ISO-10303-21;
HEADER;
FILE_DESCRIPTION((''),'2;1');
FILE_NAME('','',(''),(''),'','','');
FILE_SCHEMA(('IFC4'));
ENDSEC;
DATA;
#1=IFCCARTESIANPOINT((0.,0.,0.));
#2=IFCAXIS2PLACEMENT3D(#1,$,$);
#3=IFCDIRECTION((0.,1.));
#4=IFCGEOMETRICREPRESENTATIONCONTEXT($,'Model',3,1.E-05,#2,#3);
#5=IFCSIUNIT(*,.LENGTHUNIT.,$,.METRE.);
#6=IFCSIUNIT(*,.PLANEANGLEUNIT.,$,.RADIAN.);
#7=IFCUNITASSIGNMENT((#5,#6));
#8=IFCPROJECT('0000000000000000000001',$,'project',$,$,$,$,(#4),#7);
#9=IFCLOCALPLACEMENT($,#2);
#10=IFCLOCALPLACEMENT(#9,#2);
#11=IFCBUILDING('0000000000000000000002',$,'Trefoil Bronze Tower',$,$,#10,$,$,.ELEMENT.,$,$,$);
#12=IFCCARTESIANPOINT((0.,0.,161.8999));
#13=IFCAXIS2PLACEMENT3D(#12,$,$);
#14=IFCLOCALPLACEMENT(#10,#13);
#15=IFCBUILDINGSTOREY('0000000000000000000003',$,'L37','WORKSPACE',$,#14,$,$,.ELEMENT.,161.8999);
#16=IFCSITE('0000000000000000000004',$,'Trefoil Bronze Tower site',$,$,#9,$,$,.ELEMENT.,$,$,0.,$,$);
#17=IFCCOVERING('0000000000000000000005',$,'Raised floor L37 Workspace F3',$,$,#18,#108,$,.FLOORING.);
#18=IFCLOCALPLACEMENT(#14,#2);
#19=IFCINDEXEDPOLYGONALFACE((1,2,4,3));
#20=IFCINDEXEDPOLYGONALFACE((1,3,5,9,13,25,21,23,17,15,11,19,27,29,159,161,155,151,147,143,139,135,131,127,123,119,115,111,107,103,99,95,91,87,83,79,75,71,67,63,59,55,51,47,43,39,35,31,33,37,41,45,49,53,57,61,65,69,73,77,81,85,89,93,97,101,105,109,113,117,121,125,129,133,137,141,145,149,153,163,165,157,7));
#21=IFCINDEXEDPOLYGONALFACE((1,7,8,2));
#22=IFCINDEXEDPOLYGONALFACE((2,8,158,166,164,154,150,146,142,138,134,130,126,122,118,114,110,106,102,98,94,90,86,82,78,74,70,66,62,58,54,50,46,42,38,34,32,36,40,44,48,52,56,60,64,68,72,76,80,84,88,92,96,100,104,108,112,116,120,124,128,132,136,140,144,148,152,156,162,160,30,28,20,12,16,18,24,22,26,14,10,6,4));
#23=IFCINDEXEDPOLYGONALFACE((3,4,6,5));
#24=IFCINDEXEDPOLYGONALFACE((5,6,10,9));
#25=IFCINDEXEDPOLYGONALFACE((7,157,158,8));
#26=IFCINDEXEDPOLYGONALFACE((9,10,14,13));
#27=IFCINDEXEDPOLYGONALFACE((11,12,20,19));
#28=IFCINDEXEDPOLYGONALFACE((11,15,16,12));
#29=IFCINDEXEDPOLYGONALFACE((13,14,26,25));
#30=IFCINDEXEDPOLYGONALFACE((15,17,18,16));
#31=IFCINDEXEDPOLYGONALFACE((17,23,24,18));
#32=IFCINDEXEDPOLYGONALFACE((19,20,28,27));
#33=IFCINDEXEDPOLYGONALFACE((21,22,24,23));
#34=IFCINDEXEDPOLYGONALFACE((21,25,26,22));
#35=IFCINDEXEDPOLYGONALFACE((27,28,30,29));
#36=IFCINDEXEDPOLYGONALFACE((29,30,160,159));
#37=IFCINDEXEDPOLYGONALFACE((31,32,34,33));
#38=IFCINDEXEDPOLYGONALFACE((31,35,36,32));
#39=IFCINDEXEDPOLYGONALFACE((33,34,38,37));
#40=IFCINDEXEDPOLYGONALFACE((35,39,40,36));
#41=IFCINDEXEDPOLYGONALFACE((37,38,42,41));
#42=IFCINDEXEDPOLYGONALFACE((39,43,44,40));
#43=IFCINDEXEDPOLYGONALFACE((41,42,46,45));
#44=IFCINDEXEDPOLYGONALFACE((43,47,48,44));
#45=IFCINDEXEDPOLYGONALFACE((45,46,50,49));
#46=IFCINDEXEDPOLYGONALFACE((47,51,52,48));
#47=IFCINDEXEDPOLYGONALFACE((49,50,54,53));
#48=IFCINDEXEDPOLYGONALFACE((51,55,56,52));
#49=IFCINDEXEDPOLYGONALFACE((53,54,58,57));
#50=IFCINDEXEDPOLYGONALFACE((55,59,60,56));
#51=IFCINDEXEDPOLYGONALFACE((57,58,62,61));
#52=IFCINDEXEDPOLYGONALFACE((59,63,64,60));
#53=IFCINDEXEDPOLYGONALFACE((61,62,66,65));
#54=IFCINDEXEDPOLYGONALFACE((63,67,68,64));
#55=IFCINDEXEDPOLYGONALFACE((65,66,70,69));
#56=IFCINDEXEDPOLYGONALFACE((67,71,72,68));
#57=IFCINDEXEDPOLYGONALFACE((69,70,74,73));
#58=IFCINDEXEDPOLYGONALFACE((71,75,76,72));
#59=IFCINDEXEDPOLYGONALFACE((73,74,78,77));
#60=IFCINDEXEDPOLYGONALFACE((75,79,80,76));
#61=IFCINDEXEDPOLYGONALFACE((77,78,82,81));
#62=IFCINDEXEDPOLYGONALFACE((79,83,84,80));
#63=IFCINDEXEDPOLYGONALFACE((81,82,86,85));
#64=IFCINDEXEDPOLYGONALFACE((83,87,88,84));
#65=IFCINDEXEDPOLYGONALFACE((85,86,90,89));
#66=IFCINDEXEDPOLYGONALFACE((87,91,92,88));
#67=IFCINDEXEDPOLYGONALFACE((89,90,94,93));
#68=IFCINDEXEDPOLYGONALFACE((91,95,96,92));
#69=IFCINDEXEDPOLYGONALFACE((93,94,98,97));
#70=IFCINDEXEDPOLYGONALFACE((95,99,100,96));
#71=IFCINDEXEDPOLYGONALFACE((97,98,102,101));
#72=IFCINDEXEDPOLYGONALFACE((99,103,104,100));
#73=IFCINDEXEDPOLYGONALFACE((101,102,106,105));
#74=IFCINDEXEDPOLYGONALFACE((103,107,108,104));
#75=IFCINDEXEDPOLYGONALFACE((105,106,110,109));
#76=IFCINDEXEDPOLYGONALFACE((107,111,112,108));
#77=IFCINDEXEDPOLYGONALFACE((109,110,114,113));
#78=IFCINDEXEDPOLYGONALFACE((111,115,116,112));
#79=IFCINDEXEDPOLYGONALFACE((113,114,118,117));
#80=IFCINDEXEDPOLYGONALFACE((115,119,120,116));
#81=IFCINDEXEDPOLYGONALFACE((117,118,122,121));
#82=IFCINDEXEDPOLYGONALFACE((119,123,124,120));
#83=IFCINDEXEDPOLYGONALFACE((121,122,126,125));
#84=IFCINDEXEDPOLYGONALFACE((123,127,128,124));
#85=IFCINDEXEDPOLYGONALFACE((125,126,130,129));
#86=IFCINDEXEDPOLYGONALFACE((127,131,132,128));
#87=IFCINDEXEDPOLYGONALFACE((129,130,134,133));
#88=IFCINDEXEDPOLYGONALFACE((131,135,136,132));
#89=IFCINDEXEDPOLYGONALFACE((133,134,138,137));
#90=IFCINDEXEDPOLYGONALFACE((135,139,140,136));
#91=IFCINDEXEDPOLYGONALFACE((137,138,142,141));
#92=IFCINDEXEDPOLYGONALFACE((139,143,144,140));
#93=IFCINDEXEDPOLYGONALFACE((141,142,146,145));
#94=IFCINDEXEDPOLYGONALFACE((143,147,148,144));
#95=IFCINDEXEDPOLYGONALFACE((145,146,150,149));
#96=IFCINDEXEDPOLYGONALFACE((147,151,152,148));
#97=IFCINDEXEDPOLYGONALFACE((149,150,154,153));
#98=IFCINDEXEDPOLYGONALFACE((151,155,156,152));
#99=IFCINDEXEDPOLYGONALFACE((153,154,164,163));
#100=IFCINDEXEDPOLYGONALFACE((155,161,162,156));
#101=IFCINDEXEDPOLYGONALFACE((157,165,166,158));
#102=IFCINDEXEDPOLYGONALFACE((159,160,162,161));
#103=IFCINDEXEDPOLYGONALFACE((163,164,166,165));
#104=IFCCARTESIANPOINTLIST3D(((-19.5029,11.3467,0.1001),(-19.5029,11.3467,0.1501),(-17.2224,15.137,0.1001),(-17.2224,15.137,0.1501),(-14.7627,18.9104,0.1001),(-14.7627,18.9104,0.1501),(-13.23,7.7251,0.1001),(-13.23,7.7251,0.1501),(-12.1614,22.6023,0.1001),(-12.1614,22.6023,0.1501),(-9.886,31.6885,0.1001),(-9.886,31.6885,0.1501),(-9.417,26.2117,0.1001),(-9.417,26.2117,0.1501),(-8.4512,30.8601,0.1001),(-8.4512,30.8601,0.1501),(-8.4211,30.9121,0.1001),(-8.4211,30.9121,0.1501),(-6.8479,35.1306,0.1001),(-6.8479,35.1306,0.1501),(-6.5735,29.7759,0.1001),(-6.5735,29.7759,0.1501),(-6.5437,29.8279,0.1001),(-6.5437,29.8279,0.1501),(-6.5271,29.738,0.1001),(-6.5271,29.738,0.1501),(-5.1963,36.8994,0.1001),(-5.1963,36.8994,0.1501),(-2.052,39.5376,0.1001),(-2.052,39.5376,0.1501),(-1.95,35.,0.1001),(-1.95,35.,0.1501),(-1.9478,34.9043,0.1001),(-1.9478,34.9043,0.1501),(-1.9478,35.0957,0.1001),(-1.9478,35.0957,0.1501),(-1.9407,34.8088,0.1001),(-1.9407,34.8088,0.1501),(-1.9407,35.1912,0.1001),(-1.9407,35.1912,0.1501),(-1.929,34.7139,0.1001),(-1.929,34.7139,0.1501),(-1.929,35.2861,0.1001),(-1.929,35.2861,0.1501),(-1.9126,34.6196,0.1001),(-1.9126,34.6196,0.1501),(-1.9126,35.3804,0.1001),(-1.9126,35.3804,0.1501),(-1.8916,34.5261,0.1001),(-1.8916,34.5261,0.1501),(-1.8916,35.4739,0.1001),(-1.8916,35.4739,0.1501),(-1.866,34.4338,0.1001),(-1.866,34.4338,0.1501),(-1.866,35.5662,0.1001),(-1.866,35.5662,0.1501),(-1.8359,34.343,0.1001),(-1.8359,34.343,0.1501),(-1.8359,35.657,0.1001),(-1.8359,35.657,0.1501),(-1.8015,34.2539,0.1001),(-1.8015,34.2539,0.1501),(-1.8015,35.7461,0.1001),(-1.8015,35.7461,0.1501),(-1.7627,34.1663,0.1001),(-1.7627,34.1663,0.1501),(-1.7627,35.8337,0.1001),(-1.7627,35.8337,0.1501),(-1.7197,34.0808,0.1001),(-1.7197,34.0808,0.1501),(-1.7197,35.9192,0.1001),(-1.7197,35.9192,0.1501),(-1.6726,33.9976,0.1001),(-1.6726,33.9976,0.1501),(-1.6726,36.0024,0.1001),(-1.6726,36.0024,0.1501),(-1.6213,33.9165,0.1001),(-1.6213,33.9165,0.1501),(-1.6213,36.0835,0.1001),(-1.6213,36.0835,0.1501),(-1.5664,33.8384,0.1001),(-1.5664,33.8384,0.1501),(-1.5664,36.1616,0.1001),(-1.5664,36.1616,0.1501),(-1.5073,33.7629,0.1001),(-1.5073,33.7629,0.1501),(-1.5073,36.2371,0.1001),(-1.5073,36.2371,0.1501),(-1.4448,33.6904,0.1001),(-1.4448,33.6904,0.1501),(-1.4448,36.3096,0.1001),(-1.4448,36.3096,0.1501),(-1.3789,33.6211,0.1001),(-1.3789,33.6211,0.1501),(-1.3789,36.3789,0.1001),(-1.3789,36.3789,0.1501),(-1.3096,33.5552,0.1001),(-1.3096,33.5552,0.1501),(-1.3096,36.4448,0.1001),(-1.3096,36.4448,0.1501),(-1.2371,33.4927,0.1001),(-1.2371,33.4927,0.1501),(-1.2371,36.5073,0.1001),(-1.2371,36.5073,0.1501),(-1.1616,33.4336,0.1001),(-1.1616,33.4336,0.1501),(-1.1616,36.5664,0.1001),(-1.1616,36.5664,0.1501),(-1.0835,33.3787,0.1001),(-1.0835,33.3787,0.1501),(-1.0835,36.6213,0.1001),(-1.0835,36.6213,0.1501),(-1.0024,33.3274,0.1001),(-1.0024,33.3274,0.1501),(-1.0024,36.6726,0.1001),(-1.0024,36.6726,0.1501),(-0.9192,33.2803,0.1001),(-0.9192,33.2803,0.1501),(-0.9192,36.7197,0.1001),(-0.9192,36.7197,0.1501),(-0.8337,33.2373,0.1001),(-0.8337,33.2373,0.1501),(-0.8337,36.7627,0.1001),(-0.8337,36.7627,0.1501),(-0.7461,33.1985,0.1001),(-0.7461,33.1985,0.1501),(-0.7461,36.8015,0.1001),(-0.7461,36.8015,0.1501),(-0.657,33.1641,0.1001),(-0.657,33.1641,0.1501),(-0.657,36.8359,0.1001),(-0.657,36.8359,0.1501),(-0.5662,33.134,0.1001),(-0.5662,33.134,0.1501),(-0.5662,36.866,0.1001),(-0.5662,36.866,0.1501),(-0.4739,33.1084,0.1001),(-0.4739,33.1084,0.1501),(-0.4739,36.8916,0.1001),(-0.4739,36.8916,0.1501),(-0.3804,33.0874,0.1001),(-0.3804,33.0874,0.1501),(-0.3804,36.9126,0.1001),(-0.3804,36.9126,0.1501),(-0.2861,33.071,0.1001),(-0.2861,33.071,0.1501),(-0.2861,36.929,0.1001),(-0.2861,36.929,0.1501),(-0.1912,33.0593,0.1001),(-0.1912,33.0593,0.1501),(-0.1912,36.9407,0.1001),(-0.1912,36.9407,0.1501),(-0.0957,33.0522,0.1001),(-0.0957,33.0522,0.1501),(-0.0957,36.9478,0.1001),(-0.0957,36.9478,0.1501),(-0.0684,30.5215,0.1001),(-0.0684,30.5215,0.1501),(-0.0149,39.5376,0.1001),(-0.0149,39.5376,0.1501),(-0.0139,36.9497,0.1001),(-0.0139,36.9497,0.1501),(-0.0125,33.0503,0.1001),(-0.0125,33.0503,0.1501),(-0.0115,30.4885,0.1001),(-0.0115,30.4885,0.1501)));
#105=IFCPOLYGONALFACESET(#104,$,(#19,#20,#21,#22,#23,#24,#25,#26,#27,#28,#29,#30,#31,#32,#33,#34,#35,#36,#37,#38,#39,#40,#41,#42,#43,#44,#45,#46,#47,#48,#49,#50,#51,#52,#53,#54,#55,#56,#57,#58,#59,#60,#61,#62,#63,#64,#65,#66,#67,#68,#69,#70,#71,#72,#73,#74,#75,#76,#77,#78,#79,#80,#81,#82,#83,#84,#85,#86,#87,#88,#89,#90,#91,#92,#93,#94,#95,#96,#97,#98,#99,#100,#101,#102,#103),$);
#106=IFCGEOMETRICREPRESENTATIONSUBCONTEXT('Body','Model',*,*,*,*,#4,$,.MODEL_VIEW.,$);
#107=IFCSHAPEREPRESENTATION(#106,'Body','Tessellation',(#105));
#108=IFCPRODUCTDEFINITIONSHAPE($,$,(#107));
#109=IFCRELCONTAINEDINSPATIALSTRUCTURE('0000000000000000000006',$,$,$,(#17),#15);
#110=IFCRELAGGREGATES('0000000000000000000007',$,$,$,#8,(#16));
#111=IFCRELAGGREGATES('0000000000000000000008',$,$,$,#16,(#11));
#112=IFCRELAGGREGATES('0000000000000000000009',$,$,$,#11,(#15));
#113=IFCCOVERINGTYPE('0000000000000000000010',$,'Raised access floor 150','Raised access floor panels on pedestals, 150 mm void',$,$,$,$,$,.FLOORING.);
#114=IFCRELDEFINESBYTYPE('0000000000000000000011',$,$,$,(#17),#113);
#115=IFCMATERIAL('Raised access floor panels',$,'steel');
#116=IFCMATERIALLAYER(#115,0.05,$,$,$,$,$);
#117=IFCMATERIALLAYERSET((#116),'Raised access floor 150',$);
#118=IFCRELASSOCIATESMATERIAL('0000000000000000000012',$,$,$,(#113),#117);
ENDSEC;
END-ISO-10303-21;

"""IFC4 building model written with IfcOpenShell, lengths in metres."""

from ifc_helpers import new_model, si_unit, direction, frame, origin, place, context, subcontext, project, spatial, polyline, outline, extrude, material, layer, layer_set, type_object, element, save


model = new_model("IFC4")

# Units and contexts
model_context = context("Model", 3, precision=1e-05, world=origin(), true_north=direction((0.0, 1.0)))
body_context = subcontext(model_context, "Body", "Model", "MODEL_VIEW")
ifc_project = project(units=[si_unit("LENGTHUNIT", "METRE"), si_unit("PLANEANGLEUNIT", "RADIAN")], contexts=[model_context])

# Site, building, storey
site_placement = place(None, origin())
site = spatial("IfcSite", under=ifc_project, at=site_placement, Name="Trefoil Bronze Tower site", CompositionType="ELEMENT", RefElevation=0.0)
building_placement = place(site_placement, origin())
building = spatial("IfcBuilding", under=site, at=building_placement, Name="Trefoil Bronze Tower", CompositionType="ELEMENT")
storey_placement = place(building_placement, frame((0.0, 0.0, 161.8999)))
storey = spatial("IfcBuildingStorey", under=building, at=storey_placement, Name="L37", Description="WORKSPACE", CompositionType="ELEMENT", Elevation=161.8999)

# Covering
ifc_material_1 = material(Name="Raised access floor panels", Category="steel")
ifc_layer_1 = layer(ifc_material_1, 0.05)
ifc_layer_set_1 = layer_set([ifc_layer_1], Name="Raised access floor 150")
covering_type_1 = type_object("IfcCoveringType", Name="Raised access floor 150", Description="Raised access floor panels on pedestals, 150 mm void", PredefinedType="FLOORING", material=ifc_layer_set_1)
covering_1_placement = place(storey_placement, frame((0.0, 0.0, 0.1001)))
element("IfcCovering", 1, at=covering_1_placement, inside=storey, type_object=covering_type_1, Name="Raised floor L37 Workspace F3", PredefinedType="FLOORING", context=body_context, shape_type="SweptSolid", body=[
    extrude(outline(polyline([(-6.8479, 35.1306), (-5.1963, 36.8994), (-2.052, 39.5376), (-0.0149, 39.5376), (-0.0139, 36.9497), (-0.0957, 36.9478), (-0.1912, 36.9407), (-0.2861, 36.929), (-0.3804, 36.9126), (-0.4739, 36.8916), (-0.5662, 36.866), (-0.657, 36.8359), (-0.7461, 36.8015), (-0.8337, 36.7627), (-0.9192, 36.7197), (-1.0024, 36.6726), (-1.0835, 36.6213), (-1.1616, 36.5664), (-1.2371, 36.5073), (-1.3096, 36.4448), (-1.3789, 36.3789), (-1.4448, 36.3096), (-1.5073, 36.2371), (-1.5664, 36.1616), (-1.6213, 36.0835), (-1.6726, 36.0024), (-1.7197, 35.9192), (-1.7627, 35.8337), (-1.8015, 35.7461), (-1.8359, 35.657), (-1.866, 35.5662), (-1.8916, 35.4739), (-1.9126, 35.3804), (-1.929, 35.2861), (-1.9407, 35.1912), (-1.9478, 35.0957), (-1.95, 35.0), (-1.9478, 34.9043), (-1.9407, 34.8088), (-1.929, 34.7139), (-1.9126, 34.6196), (-1.8916, 34.5261), (-1.866, 34.4338), (-1.8359, 34.343), (-1.8015, 34.2539), (-1.7627, 34.1663), (-1.7197, 34.0808), (-1.6726, 33.9976), (-1.6213, 33.9165), (-1.5664, 33.8384), (-1.5073, 33.7629), (-1.4448, 33.6904), (-1.3789, 33.6211), (-1.3096, 33.5552), (-1.2371, 33.4927), (-1.1616, 33.4336), (-1.0835, 33.3787), (-1.0024, 33.3274), (-0.9192, 33.2803), (-0.8337, 33.2373), (-0.7461, 33.1985), (-0.657, 33.1641), (-0.5662, 33.134), (-0.4739, 33.1084), (-0.3804, 33.0874), (-0.2861, 33.071), (-0.1912, 33.0593), (-0.0957, 33.0522), (-0.0125, 33.0503), (-0.0115, 30.4885), (-0.0684, 30.5215), (-13.23, 7.7251), (-19.5029, 11.3467), (-17.2224, 15.137), (-14.7627, 18.9104), (-12.1614, 22.6023), (-9.417, 26.2117), (-6.5271, 29.738), (-6.5735, 29.7759), (-6.5437, 29.8279), (-8.4211, 30.9121), (-8.4512, 30.8601), (-9.886, 31.6885), (-6.8479, 35.1306)])), origin(), (0.0, 0.0, 1.0), 0.05),
])

save(model, "model.ifc")
